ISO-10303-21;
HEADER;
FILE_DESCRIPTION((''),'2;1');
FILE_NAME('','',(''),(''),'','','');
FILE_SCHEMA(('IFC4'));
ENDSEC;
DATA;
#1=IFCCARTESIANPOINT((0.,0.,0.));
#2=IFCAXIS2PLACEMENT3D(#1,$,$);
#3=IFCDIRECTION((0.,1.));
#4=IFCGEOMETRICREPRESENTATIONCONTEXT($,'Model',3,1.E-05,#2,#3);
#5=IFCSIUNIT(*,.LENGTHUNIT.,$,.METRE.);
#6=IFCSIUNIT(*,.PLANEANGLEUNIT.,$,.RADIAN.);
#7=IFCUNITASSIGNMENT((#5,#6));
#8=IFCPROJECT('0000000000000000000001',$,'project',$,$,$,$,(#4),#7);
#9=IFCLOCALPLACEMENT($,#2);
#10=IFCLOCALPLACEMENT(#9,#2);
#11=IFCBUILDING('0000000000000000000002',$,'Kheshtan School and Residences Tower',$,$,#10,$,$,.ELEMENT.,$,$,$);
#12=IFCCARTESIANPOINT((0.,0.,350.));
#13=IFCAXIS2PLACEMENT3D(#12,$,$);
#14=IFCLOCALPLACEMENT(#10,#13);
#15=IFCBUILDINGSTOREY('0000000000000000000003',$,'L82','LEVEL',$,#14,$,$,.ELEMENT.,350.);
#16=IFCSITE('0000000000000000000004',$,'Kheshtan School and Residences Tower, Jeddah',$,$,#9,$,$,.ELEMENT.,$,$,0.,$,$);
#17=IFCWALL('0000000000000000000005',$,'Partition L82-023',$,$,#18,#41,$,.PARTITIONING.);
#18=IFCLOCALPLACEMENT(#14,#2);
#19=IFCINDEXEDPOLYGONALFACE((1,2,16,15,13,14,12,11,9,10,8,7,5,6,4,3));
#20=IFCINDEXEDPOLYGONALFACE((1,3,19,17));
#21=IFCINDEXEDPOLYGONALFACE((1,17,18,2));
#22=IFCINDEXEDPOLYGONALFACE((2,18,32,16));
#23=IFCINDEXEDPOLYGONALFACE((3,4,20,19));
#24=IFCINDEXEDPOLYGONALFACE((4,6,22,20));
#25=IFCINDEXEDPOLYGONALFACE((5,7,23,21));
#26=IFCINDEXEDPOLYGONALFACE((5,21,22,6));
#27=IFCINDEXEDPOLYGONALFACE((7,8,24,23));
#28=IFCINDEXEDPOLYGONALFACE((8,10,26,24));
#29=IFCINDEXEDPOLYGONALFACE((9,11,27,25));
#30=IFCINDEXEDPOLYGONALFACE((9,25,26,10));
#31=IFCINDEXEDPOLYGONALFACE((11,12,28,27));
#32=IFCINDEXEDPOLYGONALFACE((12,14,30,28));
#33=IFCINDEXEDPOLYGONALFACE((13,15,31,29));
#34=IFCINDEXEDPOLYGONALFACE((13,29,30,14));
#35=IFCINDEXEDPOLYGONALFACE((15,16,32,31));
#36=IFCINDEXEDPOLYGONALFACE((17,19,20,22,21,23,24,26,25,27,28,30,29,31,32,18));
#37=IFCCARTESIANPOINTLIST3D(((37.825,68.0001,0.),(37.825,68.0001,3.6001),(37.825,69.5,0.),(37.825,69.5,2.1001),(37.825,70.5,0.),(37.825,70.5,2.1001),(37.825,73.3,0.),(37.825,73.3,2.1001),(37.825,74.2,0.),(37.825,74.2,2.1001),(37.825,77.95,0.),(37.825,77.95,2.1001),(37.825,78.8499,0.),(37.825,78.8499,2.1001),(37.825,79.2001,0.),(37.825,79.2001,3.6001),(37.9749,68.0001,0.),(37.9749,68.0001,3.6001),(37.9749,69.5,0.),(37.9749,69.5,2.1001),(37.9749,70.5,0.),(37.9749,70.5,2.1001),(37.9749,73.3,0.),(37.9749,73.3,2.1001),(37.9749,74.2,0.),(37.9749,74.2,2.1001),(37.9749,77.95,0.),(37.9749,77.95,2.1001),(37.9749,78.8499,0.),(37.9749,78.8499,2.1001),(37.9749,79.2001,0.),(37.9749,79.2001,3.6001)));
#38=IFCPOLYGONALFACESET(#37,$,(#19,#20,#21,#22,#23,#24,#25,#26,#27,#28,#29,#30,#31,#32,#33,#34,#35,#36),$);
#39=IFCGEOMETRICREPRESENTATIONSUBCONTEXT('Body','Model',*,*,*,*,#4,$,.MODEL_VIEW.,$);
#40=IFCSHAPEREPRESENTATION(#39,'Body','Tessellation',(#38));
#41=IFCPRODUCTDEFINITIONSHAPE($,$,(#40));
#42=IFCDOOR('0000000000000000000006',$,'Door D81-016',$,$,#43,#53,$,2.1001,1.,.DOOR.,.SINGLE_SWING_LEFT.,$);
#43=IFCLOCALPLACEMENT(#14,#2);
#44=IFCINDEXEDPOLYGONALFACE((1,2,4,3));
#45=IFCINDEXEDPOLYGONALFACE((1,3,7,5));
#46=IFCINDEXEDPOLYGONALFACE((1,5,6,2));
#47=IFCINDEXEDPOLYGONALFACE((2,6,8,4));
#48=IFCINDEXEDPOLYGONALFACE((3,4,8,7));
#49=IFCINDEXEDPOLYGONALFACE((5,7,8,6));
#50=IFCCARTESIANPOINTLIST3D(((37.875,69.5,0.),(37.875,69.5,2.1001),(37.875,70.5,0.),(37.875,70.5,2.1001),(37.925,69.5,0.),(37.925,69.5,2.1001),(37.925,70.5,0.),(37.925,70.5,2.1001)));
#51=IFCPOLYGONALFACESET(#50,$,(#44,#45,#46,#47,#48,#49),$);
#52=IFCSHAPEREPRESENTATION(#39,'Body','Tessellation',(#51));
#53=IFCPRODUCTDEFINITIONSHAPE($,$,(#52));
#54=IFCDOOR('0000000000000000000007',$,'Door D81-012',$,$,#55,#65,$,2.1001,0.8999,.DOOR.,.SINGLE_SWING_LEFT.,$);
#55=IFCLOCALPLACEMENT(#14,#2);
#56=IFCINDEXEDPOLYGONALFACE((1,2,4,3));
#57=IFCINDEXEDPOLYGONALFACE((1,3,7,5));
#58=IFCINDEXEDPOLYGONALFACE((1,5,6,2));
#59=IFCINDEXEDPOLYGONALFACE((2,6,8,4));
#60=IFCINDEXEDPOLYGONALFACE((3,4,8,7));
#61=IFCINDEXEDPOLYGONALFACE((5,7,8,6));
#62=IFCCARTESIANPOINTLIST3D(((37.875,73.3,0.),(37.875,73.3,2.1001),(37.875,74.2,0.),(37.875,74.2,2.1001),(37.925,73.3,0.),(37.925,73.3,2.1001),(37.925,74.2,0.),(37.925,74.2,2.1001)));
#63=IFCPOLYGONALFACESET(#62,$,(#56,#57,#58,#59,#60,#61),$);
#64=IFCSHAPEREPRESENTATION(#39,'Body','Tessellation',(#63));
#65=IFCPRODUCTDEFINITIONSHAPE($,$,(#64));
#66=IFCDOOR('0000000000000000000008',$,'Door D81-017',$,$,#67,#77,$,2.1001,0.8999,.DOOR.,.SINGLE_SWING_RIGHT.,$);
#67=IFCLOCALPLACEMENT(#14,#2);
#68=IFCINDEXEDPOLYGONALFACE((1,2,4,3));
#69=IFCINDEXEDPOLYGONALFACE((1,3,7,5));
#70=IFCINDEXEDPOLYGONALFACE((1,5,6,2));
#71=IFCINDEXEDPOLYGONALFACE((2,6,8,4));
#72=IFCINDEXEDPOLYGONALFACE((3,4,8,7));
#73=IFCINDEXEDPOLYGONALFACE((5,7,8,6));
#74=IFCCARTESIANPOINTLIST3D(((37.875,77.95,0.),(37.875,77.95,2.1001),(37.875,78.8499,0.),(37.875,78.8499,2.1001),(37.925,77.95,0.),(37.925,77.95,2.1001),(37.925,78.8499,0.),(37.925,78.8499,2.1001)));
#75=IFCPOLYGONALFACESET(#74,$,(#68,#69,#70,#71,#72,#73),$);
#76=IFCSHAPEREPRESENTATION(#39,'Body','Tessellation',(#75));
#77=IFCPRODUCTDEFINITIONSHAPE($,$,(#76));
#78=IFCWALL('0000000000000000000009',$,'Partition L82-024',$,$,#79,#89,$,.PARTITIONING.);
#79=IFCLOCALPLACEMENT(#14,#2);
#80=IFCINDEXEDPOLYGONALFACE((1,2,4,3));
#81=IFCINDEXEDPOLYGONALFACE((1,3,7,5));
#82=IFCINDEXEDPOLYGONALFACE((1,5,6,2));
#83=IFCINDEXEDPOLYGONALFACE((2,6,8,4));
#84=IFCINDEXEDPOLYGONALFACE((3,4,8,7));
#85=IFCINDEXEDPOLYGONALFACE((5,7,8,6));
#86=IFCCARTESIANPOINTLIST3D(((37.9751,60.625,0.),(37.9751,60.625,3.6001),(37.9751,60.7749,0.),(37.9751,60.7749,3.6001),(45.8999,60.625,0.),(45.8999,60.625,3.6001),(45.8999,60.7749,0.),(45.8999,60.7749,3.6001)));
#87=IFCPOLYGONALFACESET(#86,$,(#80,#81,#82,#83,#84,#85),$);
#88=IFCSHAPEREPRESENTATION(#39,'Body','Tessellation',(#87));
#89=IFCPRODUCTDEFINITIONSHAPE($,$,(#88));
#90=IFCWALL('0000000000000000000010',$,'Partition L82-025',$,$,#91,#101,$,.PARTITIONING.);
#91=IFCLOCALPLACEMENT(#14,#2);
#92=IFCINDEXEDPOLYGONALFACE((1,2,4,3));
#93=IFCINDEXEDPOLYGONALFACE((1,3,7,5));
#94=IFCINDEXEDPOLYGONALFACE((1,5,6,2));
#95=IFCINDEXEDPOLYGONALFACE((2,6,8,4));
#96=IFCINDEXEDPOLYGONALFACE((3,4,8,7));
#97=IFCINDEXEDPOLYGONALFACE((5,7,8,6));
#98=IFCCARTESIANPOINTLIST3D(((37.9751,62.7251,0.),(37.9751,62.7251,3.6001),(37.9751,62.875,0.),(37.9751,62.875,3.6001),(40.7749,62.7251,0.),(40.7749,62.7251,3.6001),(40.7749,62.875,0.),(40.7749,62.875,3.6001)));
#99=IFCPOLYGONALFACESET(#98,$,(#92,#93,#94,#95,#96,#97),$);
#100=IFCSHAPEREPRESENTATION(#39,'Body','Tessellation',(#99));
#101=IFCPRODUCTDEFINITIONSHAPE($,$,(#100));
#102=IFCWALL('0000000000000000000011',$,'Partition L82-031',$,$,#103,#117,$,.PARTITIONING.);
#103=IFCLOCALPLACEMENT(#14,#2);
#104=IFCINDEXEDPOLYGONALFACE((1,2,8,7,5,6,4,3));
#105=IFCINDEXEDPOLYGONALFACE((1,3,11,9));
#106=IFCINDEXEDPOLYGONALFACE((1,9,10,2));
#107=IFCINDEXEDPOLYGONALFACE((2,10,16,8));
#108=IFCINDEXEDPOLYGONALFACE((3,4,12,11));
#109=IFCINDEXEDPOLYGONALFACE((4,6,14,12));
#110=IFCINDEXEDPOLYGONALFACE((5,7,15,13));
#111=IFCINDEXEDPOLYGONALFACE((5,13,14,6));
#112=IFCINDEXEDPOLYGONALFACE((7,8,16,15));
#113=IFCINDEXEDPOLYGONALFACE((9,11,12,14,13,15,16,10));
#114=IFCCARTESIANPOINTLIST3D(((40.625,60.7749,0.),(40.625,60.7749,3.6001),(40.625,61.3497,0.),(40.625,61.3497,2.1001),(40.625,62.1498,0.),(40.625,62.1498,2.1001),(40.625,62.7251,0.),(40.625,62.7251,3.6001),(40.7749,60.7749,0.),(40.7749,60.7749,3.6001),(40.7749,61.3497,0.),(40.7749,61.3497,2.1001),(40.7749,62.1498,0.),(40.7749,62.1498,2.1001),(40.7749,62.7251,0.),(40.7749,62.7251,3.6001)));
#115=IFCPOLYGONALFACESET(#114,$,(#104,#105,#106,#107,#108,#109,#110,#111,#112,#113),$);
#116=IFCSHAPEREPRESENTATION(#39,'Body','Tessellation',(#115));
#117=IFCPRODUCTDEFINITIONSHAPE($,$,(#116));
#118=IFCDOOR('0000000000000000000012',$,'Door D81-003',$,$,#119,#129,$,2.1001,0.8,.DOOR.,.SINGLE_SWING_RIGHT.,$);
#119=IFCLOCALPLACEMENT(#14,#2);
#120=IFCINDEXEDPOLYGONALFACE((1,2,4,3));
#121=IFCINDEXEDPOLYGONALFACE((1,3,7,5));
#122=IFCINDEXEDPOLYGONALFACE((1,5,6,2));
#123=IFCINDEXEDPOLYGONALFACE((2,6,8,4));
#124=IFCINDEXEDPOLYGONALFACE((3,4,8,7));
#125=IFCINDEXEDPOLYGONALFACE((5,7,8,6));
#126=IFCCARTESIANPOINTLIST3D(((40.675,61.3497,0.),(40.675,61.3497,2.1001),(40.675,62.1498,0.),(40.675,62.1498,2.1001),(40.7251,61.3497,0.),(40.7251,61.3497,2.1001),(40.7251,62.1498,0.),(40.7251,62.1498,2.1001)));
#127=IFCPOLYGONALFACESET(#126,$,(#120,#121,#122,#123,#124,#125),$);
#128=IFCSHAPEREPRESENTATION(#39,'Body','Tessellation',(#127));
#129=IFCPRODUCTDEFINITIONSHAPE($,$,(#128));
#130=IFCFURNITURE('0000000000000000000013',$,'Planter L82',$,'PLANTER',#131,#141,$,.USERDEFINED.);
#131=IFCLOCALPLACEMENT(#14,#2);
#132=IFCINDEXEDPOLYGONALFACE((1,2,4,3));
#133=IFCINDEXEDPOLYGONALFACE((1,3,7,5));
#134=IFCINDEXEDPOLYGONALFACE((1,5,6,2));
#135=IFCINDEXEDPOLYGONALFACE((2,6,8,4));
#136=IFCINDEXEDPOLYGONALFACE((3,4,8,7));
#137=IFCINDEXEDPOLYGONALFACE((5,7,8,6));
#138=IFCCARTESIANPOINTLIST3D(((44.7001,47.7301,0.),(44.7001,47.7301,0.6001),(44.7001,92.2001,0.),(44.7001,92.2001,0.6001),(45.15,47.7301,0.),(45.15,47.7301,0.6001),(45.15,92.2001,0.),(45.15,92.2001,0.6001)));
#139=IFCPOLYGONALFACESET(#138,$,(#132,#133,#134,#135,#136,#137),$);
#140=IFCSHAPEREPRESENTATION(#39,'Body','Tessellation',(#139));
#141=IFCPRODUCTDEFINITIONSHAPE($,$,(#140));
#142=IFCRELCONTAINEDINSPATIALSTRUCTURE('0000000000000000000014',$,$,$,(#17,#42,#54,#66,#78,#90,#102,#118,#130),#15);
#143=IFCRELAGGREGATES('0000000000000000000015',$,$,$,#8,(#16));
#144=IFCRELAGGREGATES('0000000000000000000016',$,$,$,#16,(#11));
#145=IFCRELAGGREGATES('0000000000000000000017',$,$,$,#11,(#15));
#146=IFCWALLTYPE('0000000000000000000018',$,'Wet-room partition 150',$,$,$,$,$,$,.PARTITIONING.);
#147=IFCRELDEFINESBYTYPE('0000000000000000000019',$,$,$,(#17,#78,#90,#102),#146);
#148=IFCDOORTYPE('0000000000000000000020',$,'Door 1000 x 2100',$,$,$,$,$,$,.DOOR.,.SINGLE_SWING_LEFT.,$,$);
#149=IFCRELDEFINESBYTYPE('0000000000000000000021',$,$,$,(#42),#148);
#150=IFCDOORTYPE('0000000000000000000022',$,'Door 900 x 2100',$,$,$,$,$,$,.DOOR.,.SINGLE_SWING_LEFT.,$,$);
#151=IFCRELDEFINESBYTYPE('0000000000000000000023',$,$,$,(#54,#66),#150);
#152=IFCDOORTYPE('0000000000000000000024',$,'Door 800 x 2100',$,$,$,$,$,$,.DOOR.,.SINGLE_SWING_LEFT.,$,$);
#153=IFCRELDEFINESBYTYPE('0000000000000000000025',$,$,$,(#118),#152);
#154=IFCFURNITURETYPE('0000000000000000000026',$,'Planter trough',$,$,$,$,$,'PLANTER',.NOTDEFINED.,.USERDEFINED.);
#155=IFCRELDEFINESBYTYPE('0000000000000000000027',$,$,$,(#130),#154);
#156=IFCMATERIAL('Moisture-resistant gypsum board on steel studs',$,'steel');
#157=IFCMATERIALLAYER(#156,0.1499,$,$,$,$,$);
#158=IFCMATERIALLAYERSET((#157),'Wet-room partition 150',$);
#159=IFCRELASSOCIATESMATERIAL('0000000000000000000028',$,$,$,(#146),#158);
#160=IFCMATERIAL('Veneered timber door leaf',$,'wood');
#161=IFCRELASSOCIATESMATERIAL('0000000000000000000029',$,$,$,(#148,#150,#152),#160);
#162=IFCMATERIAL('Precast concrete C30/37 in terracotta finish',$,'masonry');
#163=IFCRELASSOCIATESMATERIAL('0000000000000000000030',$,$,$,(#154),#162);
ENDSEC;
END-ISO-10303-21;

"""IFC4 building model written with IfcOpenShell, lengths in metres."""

from ifc_helpers import new_model, si_unit, direction, frame, frame_2d, origin, origin_2d, place, context, subcontext, project, spatial, rectangle, extrude, source, transform, mapped, material, layer, layer_set, type_object, element, fill, save


model = new_model("IFC4")

# Units and contexts
model_context = context("Model", 3, precision=1e-05, world=origin(), true_north=direction((0.0, 1.0)))
body_context = subcontext(model_context, "Body", "Model", "MODEL_VIEW")
ifc_project = project(units=[si_unit("LENGTHUNIT", "METRE"), si_unit("PLANEANGLEUNIT", "RADIAN")], contexts=[model_context])

# Site, building, storey
site_placement = place(None, origin())
site = spatial("IfcSite", under=ifc_project, at=site_placement, Name="Kheshtan School and Residences Tower, Jeddah", CompositionType="ELEMENT", RefElevation=0.0)
building_placement = place(site_placement, origin())
building = spatial("IfcBuilding", under=site, at=building_placement, Name="Kheshtan School and Residences Tower", CompositionType="ELEMENT")
storey_placement = place(building_placement, frame((0.0, 0.0, 350.0)))
storey = spatial("IfcBuildingStorey", under=building, at=storey_placement, Name="L82", Description="LEVEL", CompositionType="ELEMENT", Elevation=350.0)

# Wall, openings, doors
ifc_material_1 = material(Name="Moisture-resistant gypsum board on steel studs", Category="steel")
ifc_layer_1 = layer(ifc_material_1, 0.1499)
ifc_layer_set_1 = layer_set([ifc_layer_1], Name="Wet-room partition 150")
wall_type_1 = type_object("IfcWallType", Name="Wet-room partition 150", PredefinedType="PARTITIONING", material=ifc_layer_set_1)
wall_1_placement = place(storey_placement, frame((37.8999, 68.0, 0.0), z_axis=(0.0, 0.0, 1.0), x_axis=(0.0, 1.0, 0.0)))
wall_1 = element("IfcWall", 1, at=wall_1_placement, inside=storey, type_object=wall_type_1, Name="Partition L82-023", PredefinedType="PARTITIONING", context=body_context, shape_type="SweptSolid", body=[
    extrude(rectangle(XDim=11.2, YDim=0.1499, at=frame_2d((5.6001, 0.0))), origin(), (0.0, 0.0, 1.0), 3.6001),
])
opening_1_placement = place(wall_1_placement, frame((5.3, 0.0, 0.0)))
opening_1 = element("IfcOpeningElement", 2, at=opening_1_placement, cuts=wall_1, PredefinedType="OPENING", context=body_context, shape_type="SweptSolid", body=[
    extrude(rectangle(XDim=0.8999, YDim=2.1001, at=frame_2d((0.45, 1.05))), frame((0.0, 0.085, 0.0), z_axis=(0.0, -1.0, 0.0), x_axis=(1.0, 0.0, 0.0)), (0.0, 0.0, 1.0), 0.1699),
])
opening_2_placement = place(wall_1_placement, frame((1.5, 0.0, 0.0)))
opening_2 = element("IfcOpeningElement", 3, at=opening_2_placement, cuts=wall_1, PredefinedType="OPENING", context=body_context, shape_type="SweptSolid", body=[
    extrude(rectangle(XDim=1.0, YDim=2.1001, at=frame_2d((0.5, 1.05))), frame((0.0, 0.085, 0.0), z_axis=(0.0, -1.0, 0.0), x_axis=(1.0, 0.0, 0.0)), (0.0, 0.0, 1.0), 0.1699),
])
opening_3_placement = place(wall_1_placement, frame((9.95, 0.0, 0.0)))
opening_3 = element("IfcOpeningElement", 4, at=opening_3_placement, cuts=wall_1, PredefinedType="OPENING", context=body_context, shape_type="SweptSolid", body=[
    extrude(rectangle(XDim=0.8999, YDim=2.1001, at=frame_2d((0.45, 1.05))), frame((0.0, 0.085, 0.0), z_axis=(0.0, -1.0, 0.0), x_axis=(1.0, 0.0, 0.0)), (0.0, 0.0, 1.0), 0.1699),
])
ifc_material_2 = material(Name="Veneered timber door leaf", Category="wood")
door_type_1 = type_object("IfcDoorType", Name="Door 1000 x 2100", OperationType="SINGLE_SWING_LEFT", PredefinedType="DOOR", material=ifc_material_2)
shared_shape_1 = source(origin(), body_context, "Body", "SweptSolid", [
    extrude(rectangle(XDim=1.0, YDim=2.1001, at=frame_2d((0.5, 1.05))), frame((0.0, 0.0249, 0.0), z_axis=(0.0, -1.0, 0.0), x_axis=(1.0, 0.0, 0.0)), (0.0, 0.0, 1.0), 0.05),
])
door_1_placement = place(opening_2_placement, origin())
door_1 = element("IfcDoor", 5, at=door_1_placement, inside=storey, type_object=door_type_1, Name="Door D81-016", OperationType="SINGLE_SWING_LEFT", OverallHeight=2.1001, OverallWidth=1.0, PredefinedType="DOOR", context=body_context, shape_type="MappedRepresentation", body=[
    mapped(shared_shape_1, transform((0.0, 0.0, 0.0), x_axis=(1.0, 0.0, 0.0), y_axis=(0.0, 1.0, 0.0), z_axis=(0.0, 0.0, 1.0), scale=1.0)),
])
fill(opening_2, door_1)
door_type_2 = type_object("IfcDoorType", Name="Door 900 x 2100", OperationType="SINGLE_SWING_LEFT", PredefinedType="DOOR", material=ifc_material_2)
shared_shape_2 = source(origin(), body_context, "Body", "SweptSolid", [
    extrude(rectangle(XDim=0.8999, YDim=2.1001, at=frame_2d((0.45, 1.05))), frame((0.0, 0.0249, 0.0), z_axis=(0.0, -1.0, 0.0), x_axis=(1.0, 0.0, 0.0)), (0.0, 0.0, 1.0), 0.05),
])
door_2_placement = place(opening_1_placement, origin())
door_2 = element("IfcDoor", 6, at=door_2_placement, inside=storey, type_object=door_type_2, Name="Door D81-012", OperationType="SINGLE_SWING_LEFT", OverallHeight=2.1001, OverallWidth=0.8999, PredefinedType="DOOR", context=body_context, shape_type="MappedRepresentation", body=[
    mapped(shared_shape_2, transform((0.0, 0.0, 0.0), x_axis=(1.0, 0.0, 0.0), y_axis=(0.0, 1.0, 0.0), z_axis=(0.0, 0.0, 1.0), scale=1.0)),
])
fill(opening_1, door_2)
door_3_placement = place(opening_3_placement, origin())
door_3 = element("IfcDoor", 7, at=door_3_placement, inside=storey, type_object=door_type_2, Name="Door D81-017", OperationType="SINGLE_SWING_RIGHT", OverallHeight=2.1001, OverallWidth=0.8999, PredefinedType="DOOR", context=body_context, shape_type="MappedRepresentation", body=[
    mapped(shared_shape_2, transform((0.0, 0.0, 0.0), x_axis=(1.0, 0.0, 0.0), y_axis=(0.0, 1.0, 0.0), z_axis=(0.0, 0.0, 1.0), scale=1.0)),
])
fill(opening_3, door_3)

# Walls
wall_2_placement = place(storey_placement, frame((37.9751, 60.7, 0.0), z_axis=(0.0, 0.0, 1.0), x_axis=(1.0, 0.0, 0.0)))
element("IfcWall", 8, at=wall_2_placement, inside=storey, type_object=wall_type_1, Name="Partition L82-024", PredefinedType="PARTITIONING", context=body_context, shape_type="SweptSolid", body=[
    extrude(rectangle(XDim=7.9248, YDim=0.1499, at=frame_2d((3.9624, 0.0))), origin(), (0.0, 0.0, 1.0), 3.6001),
])
wall_3_placement = place(storey_placement, frame((37.9751, 62.8, 0.0), z_axis=(0.0, 0.0, 1.0), x_axis=(1.0, 0.0, 0.0)))
element("IfcWall", 9, at=wall_3_placement, inside=storey, type_object=wall_type_1, Name="Partition L82-025", PredefinedType="PARTITIONING", context=body_context, shape_type="SweptSolid", body=[
    extrude(rectangle(XDim=2.7998, YDim=0.1499, at=frame_2d((1.3999, 0.0))), origin(), (0.0, 0.0, 1.0), 3.6001),
])

# Wall, opening, door
wall_4_placement = place(storey_placement, frame((40.7, 60.7749, 0.0), z_axis=(0.0, 0.0, 1.0), x_axis=(0.0, 1.0, 0.0)))
wall_4 = element("IfcWall", 10, at=wall_4_placement, inside=storey, type_object=wall_type_1, Name="Partition L82-031", PredefinedType="PARTITIONING", context=body_context, shape_type="SweptSolid", body=[
    extrude(rectangle(XDim=1.9502, YDim=0.1499, at=frame_2d((0.9751, 0.0))), origin(), (0.0, 0.0, 1.0), 3.6001),
])
opening_4_placement = place(wall_4_placement, frame((0.575, 0.0, 0.0)))
opening_4 = element("IfcOpeningElement", 11, at=opening_4_placement, cuts=wall_4, PredefinedType="OPENING", context=body_context, shape_type="SweptSolid", body=[
    extrude(rectangle(XDim=0.8, YDim=2.1001, at=frame_2d((0.3999, 1.05))), frame((0.0, 0.085, 0.0), z_axis=(0.0, -1.0, 0.0), x_axis=(1.0, 0.0, 0.0)), (0.0, 0.0, 1.0), 0.1699),
])
door_type_3 = type_object("IfcDoorType", Name="Door 800 x 2100", OperationType="SINGLE_SWING_LEFT", PredefinedType="DOOR", material=ifc_material_2)
shared_shape_3 = source(origin(), body_context, "Body", "SweptSolid", [
    extrude(rectangle(XDim=0.8, YDim=2.1001, at=frame_2d((0.3999, 1.05))), frame((0.0, 0.0249, 0.0), z_axis=(0.0, -1.0, 0.0), x_axis=(1.0, 0.0, 0.0)), (0.0, 0.0, 1.0), 0.05),
])
door_4_placement = place(opening_4_placement, origin())
door_4 = element("IfcDoor", 12, at=door_4_placement, inside=storey, type_object=door_type_3, Name="Door D81-003", OperationType="SINGLE_SWING_RIGHT", OverallHeight=2.1001, OverallWidth=0.8, PredefinedType="DOOR", context=body_context, shape_type="MappedRepresentation", body=[
    mapped(shared_shape_3, transform((0.0, 0.0, 0.0), x_axis=(1.0, 0.0, 0.0), y_axis=(0.0, 1.0, 0.0), z_axis=(0.0, 0.0, 1.0), scale=1.0)),
])
fill(opening_4, door_4)

# Furniture
ifc_material_3 = material(Name="Precast concrete C30/37 in terracotta finish", Category="masonry")
furniture_type = type_object("IfcFurnitureType", Name="Planter trough", ElementType="PLANTER", AssemblyPlace="NOTDEFINED", PredefinedType="USERDEFINED", material=ifc_material_3)
furniture_placement = place(storey_placement, frame((44.925, 69.9651, 0.0), z_axis=(0.0, 0.0, 1.0), x_axis=(0.0, -1.0, 0.0)))
element("IfcFurniture", 13, at=furniture_placement, inside=storey, type_object=furniture_type, Name="Planter L82", ObjectType="PLANTER", PredefinedType="USERDEFINED", context=body_context, shape_type="SweptSolid", body=[
    extrude(rectangle(XDim=44.47, YDim=0.45, at=origin_2d()), origin(), (0.0, 0.0, 1.0), 0.6001),
])

save(model, "model.ifc")
